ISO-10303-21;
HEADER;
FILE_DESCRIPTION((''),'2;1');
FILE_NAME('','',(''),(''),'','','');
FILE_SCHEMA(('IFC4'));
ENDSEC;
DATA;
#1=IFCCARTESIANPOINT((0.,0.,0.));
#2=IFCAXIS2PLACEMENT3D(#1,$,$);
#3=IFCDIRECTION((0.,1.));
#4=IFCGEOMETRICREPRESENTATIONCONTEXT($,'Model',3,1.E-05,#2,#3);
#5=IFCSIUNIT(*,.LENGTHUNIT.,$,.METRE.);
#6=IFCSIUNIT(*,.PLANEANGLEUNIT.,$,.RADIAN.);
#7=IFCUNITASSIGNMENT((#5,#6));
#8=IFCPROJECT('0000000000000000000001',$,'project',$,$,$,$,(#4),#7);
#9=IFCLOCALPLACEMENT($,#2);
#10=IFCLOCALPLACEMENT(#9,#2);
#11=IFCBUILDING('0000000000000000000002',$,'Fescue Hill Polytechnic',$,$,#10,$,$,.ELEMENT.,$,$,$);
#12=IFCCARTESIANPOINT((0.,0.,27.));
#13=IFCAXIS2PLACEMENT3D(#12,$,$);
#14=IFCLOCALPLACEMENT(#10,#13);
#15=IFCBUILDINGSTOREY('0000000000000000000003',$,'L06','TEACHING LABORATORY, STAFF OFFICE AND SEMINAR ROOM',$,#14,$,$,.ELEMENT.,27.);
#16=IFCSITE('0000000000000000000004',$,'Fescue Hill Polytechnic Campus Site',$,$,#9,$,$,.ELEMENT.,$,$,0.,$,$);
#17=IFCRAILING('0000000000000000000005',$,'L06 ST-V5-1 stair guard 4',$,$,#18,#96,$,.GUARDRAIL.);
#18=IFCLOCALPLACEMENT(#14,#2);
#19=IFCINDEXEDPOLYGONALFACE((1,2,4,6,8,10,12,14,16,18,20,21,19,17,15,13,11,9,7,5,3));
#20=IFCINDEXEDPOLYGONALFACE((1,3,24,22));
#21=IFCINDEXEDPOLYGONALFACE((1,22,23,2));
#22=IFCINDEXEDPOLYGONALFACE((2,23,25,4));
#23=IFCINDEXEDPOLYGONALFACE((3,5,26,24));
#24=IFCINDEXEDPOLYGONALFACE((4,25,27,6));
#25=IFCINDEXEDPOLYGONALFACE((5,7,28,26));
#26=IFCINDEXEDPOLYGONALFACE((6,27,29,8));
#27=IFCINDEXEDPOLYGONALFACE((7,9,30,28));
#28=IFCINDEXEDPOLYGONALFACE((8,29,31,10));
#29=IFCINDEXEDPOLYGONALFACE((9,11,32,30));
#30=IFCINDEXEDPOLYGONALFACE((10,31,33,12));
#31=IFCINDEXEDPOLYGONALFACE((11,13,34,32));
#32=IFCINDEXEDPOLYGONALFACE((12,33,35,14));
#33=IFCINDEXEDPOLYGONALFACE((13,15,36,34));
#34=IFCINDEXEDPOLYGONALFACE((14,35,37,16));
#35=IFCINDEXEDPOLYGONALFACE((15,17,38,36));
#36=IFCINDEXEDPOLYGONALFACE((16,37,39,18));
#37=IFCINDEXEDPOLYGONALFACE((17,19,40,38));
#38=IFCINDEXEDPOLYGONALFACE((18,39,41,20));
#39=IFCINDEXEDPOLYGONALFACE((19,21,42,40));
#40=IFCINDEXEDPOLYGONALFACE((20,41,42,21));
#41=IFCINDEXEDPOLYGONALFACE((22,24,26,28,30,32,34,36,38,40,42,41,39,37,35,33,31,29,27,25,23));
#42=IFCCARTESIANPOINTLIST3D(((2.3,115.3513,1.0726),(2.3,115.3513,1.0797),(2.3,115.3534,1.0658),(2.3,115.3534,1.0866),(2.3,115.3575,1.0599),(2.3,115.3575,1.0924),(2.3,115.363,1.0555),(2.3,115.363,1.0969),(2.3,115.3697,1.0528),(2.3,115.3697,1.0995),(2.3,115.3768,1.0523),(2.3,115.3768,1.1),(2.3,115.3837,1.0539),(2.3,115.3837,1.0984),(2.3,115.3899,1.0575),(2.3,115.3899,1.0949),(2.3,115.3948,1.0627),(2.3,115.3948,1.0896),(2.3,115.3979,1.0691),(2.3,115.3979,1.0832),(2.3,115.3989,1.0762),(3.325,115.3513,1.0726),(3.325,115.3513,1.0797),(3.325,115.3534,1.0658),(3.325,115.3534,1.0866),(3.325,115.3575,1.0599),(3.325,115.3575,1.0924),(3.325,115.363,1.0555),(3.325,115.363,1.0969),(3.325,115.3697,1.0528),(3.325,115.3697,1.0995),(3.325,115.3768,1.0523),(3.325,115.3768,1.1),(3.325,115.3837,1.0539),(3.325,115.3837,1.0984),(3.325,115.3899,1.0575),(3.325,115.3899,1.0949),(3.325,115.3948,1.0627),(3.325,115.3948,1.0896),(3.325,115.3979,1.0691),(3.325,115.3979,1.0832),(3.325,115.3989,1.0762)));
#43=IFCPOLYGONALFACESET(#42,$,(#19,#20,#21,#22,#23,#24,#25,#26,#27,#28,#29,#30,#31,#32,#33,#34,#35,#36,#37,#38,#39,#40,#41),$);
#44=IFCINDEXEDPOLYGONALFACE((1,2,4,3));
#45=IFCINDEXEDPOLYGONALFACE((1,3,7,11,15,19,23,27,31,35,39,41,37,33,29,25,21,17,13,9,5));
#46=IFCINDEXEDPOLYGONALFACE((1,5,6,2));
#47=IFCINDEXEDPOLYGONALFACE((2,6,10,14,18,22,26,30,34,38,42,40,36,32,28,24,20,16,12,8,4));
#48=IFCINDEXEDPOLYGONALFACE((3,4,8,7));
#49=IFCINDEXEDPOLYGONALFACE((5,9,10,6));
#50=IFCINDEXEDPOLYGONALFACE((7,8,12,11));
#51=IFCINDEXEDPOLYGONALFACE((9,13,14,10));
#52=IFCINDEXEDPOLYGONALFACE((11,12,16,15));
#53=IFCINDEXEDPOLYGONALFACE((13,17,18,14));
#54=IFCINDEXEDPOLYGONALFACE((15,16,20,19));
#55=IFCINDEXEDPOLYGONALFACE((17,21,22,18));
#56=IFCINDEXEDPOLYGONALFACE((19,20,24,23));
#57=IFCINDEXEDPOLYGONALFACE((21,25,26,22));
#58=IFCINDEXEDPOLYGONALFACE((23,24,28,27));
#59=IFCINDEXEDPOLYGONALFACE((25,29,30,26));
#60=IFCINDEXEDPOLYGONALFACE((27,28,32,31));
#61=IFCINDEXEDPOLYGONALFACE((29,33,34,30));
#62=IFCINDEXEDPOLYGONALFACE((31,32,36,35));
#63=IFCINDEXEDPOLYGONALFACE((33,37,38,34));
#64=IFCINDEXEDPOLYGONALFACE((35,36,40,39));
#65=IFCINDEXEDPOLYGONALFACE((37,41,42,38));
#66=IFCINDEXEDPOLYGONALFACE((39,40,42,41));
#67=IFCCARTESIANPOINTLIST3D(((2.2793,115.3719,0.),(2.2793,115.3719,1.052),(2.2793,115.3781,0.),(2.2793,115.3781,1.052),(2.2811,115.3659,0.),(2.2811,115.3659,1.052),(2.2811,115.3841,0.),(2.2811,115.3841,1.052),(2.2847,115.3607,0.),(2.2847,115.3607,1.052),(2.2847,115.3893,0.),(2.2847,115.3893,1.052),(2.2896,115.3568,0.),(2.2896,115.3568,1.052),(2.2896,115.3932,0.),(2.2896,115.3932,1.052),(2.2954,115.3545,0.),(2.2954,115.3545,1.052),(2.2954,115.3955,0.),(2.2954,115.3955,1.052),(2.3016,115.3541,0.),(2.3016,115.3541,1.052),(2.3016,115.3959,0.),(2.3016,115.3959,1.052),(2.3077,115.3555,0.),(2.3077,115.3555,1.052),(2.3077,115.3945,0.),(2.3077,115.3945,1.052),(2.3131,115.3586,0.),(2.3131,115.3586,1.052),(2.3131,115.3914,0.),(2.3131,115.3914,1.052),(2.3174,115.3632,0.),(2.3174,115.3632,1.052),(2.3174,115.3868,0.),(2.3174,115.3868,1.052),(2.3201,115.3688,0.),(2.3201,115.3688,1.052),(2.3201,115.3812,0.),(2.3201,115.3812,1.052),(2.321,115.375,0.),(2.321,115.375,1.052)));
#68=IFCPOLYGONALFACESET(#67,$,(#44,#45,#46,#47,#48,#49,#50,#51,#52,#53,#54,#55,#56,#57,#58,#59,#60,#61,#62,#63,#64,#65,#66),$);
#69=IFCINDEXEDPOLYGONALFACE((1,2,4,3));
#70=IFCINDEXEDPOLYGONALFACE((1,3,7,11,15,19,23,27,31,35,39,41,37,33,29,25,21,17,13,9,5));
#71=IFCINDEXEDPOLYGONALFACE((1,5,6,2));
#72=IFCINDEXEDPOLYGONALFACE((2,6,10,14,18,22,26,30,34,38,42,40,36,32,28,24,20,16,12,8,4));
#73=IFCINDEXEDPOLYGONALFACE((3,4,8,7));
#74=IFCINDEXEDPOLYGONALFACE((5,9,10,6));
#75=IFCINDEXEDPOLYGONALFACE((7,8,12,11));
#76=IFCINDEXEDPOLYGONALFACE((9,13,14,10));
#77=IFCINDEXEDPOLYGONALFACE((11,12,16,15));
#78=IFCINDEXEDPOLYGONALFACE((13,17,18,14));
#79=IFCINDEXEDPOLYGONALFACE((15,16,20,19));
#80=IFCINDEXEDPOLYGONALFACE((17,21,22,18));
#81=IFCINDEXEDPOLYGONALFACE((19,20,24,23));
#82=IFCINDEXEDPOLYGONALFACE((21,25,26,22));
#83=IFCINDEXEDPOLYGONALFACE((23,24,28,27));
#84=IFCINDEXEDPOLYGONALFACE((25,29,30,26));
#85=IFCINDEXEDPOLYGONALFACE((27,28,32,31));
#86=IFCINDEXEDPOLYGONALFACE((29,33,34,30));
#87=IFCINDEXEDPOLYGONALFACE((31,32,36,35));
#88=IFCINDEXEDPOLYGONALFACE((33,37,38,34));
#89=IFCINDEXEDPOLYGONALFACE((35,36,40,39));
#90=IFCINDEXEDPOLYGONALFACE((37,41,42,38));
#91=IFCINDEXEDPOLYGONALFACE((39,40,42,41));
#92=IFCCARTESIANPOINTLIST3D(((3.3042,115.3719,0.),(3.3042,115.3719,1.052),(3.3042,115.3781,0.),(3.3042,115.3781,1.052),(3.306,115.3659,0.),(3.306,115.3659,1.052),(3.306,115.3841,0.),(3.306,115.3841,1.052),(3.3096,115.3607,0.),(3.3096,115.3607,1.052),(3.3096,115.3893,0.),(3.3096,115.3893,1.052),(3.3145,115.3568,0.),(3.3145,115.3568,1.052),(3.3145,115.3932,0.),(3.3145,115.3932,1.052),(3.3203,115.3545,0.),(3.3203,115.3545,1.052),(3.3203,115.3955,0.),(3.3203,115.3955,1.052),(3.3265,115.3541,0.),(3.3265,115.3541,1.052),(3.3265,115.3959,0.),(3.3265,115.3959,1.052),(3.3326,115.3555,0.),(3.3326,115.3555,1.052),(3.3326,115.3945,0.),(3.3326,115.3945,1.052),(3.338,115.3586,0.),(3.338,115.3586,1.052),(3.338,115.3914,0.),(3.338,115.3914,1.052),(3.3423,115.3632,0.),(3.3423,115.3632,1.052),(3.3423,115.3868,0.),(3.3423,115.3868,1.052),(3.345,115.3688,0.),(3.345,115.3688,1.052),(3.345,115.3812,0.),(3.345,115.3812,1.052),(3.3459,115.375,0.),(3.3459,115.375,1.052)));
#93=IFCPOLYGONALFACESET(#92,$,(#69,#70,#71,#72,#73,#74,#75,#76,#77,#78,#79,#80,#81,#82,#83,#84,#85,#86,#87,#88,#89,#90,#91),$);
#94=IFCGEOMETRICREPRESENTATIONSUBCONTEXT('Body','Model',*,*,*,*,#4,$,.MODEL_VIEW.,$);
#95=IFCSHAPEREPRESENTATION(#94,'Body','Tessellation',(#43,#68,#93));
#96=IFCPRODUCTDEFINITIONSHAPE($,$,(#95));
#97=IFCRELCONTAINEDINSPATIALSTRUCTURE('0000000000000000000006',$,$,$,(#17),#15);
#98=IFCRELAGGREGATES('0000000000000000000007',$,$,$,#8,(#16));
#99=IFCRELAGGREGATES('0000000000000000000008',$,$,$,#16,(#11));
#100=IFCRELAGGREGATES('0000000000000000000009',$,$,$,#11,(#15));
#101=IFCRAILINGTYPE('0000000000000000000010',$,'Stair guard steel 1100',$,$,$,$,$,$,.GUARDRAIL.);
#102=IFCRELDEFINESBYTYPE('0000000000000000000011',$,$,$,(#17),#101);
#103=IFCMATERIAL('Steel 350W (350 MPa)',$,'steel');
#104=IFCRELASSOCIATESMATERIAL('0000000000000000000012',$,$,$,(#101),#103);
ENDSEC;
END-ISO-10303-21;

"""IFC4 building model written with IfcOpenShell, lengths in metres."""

from ifc_helpers import new_model, si_unit, direction, frame, origin, origin_2d, place, context, subcontext, project, spatial, circle, extrude, material, type_object, element, save


model = new_model("IFC4")

# Units and contexts
model_context = context("Model", 3, precision=1e-05, world=origin(), true_north=direction((0.0, 1.0)))
body_context = subcontext(model_context, "Body", "Model", "MODEL_VIEW")
ifc_project = project(units=[si_unit("LENGTHUNIT", "METRE"), si_unit("PLANEANGLEUNIT", "RADIAN")], contexts=[model_context])

# Site, building, storey
site_placement = place(None, origin())
site = spatial("IfcSite", under=ifc_project, at=site_placement, Name="Fescue Hill Polytechnic Campus Site", CompositionType="ELEMENT", RefElevation=0.0)
building_placement = place(site_placement, origin())
building = spatial("IfcBuilding", under=site, at=building_placement, Name="Fescue Hill Polytechnic", CompositionType="ELEMENT")
storey_placement = place(building_placement, frame((0.0, 0.0, 27.0)))
storey = spatial("IfcBuildingStorey", under=building, at=storey_placement, Name="L06", Description="TEACHING LABORATORY, STAFF OFFICE AND SEMINAR ROOM", CompositionType="ELEMENT", Elevation=27.0)

# Railing
ifc_material_1 = material(Name="Steel 350W (350 MPa)", Category="steel")
railing_type_1 = type_object("IfcRailingType", Name="Stair guard steel 1100", PredefinedType="GUARDRAIL", material=ifc_material_1)
railing_1_placement = place(storey_placement, frame((2.3, 115.375, 0.0)))
element("IfcRailing", 1, at=railing_1_placement, inside=storey, type_object=railing_type_1, Name="L06 ST-V5-1 stair guard 4", PredefinedType="GUARDRAIL", context=body_context, shape_type="SweptSolid", body=[
    extrude(circle(Radius=0.0239, at=origin_2d()), frame((0.0, 0.0, 1.0762), z_axis=(1.0, 0.0, 0.0), x_axis=(0.0, 1.0, 0.0)), (0.0, 0.0, 1.0), 1.0249),
    extrude(circle(Radius=0.021, at=origin_2d()), origin(), (0.0, 0.0, 1.0), 1.052),
    extrude(circle(Radius=0.021, at=origin_2d()), frame((1.0249, 0.0, 0.0)), (0.0, 0.0, 1.0), 1.052),
])

save(model, "model.ifc")
